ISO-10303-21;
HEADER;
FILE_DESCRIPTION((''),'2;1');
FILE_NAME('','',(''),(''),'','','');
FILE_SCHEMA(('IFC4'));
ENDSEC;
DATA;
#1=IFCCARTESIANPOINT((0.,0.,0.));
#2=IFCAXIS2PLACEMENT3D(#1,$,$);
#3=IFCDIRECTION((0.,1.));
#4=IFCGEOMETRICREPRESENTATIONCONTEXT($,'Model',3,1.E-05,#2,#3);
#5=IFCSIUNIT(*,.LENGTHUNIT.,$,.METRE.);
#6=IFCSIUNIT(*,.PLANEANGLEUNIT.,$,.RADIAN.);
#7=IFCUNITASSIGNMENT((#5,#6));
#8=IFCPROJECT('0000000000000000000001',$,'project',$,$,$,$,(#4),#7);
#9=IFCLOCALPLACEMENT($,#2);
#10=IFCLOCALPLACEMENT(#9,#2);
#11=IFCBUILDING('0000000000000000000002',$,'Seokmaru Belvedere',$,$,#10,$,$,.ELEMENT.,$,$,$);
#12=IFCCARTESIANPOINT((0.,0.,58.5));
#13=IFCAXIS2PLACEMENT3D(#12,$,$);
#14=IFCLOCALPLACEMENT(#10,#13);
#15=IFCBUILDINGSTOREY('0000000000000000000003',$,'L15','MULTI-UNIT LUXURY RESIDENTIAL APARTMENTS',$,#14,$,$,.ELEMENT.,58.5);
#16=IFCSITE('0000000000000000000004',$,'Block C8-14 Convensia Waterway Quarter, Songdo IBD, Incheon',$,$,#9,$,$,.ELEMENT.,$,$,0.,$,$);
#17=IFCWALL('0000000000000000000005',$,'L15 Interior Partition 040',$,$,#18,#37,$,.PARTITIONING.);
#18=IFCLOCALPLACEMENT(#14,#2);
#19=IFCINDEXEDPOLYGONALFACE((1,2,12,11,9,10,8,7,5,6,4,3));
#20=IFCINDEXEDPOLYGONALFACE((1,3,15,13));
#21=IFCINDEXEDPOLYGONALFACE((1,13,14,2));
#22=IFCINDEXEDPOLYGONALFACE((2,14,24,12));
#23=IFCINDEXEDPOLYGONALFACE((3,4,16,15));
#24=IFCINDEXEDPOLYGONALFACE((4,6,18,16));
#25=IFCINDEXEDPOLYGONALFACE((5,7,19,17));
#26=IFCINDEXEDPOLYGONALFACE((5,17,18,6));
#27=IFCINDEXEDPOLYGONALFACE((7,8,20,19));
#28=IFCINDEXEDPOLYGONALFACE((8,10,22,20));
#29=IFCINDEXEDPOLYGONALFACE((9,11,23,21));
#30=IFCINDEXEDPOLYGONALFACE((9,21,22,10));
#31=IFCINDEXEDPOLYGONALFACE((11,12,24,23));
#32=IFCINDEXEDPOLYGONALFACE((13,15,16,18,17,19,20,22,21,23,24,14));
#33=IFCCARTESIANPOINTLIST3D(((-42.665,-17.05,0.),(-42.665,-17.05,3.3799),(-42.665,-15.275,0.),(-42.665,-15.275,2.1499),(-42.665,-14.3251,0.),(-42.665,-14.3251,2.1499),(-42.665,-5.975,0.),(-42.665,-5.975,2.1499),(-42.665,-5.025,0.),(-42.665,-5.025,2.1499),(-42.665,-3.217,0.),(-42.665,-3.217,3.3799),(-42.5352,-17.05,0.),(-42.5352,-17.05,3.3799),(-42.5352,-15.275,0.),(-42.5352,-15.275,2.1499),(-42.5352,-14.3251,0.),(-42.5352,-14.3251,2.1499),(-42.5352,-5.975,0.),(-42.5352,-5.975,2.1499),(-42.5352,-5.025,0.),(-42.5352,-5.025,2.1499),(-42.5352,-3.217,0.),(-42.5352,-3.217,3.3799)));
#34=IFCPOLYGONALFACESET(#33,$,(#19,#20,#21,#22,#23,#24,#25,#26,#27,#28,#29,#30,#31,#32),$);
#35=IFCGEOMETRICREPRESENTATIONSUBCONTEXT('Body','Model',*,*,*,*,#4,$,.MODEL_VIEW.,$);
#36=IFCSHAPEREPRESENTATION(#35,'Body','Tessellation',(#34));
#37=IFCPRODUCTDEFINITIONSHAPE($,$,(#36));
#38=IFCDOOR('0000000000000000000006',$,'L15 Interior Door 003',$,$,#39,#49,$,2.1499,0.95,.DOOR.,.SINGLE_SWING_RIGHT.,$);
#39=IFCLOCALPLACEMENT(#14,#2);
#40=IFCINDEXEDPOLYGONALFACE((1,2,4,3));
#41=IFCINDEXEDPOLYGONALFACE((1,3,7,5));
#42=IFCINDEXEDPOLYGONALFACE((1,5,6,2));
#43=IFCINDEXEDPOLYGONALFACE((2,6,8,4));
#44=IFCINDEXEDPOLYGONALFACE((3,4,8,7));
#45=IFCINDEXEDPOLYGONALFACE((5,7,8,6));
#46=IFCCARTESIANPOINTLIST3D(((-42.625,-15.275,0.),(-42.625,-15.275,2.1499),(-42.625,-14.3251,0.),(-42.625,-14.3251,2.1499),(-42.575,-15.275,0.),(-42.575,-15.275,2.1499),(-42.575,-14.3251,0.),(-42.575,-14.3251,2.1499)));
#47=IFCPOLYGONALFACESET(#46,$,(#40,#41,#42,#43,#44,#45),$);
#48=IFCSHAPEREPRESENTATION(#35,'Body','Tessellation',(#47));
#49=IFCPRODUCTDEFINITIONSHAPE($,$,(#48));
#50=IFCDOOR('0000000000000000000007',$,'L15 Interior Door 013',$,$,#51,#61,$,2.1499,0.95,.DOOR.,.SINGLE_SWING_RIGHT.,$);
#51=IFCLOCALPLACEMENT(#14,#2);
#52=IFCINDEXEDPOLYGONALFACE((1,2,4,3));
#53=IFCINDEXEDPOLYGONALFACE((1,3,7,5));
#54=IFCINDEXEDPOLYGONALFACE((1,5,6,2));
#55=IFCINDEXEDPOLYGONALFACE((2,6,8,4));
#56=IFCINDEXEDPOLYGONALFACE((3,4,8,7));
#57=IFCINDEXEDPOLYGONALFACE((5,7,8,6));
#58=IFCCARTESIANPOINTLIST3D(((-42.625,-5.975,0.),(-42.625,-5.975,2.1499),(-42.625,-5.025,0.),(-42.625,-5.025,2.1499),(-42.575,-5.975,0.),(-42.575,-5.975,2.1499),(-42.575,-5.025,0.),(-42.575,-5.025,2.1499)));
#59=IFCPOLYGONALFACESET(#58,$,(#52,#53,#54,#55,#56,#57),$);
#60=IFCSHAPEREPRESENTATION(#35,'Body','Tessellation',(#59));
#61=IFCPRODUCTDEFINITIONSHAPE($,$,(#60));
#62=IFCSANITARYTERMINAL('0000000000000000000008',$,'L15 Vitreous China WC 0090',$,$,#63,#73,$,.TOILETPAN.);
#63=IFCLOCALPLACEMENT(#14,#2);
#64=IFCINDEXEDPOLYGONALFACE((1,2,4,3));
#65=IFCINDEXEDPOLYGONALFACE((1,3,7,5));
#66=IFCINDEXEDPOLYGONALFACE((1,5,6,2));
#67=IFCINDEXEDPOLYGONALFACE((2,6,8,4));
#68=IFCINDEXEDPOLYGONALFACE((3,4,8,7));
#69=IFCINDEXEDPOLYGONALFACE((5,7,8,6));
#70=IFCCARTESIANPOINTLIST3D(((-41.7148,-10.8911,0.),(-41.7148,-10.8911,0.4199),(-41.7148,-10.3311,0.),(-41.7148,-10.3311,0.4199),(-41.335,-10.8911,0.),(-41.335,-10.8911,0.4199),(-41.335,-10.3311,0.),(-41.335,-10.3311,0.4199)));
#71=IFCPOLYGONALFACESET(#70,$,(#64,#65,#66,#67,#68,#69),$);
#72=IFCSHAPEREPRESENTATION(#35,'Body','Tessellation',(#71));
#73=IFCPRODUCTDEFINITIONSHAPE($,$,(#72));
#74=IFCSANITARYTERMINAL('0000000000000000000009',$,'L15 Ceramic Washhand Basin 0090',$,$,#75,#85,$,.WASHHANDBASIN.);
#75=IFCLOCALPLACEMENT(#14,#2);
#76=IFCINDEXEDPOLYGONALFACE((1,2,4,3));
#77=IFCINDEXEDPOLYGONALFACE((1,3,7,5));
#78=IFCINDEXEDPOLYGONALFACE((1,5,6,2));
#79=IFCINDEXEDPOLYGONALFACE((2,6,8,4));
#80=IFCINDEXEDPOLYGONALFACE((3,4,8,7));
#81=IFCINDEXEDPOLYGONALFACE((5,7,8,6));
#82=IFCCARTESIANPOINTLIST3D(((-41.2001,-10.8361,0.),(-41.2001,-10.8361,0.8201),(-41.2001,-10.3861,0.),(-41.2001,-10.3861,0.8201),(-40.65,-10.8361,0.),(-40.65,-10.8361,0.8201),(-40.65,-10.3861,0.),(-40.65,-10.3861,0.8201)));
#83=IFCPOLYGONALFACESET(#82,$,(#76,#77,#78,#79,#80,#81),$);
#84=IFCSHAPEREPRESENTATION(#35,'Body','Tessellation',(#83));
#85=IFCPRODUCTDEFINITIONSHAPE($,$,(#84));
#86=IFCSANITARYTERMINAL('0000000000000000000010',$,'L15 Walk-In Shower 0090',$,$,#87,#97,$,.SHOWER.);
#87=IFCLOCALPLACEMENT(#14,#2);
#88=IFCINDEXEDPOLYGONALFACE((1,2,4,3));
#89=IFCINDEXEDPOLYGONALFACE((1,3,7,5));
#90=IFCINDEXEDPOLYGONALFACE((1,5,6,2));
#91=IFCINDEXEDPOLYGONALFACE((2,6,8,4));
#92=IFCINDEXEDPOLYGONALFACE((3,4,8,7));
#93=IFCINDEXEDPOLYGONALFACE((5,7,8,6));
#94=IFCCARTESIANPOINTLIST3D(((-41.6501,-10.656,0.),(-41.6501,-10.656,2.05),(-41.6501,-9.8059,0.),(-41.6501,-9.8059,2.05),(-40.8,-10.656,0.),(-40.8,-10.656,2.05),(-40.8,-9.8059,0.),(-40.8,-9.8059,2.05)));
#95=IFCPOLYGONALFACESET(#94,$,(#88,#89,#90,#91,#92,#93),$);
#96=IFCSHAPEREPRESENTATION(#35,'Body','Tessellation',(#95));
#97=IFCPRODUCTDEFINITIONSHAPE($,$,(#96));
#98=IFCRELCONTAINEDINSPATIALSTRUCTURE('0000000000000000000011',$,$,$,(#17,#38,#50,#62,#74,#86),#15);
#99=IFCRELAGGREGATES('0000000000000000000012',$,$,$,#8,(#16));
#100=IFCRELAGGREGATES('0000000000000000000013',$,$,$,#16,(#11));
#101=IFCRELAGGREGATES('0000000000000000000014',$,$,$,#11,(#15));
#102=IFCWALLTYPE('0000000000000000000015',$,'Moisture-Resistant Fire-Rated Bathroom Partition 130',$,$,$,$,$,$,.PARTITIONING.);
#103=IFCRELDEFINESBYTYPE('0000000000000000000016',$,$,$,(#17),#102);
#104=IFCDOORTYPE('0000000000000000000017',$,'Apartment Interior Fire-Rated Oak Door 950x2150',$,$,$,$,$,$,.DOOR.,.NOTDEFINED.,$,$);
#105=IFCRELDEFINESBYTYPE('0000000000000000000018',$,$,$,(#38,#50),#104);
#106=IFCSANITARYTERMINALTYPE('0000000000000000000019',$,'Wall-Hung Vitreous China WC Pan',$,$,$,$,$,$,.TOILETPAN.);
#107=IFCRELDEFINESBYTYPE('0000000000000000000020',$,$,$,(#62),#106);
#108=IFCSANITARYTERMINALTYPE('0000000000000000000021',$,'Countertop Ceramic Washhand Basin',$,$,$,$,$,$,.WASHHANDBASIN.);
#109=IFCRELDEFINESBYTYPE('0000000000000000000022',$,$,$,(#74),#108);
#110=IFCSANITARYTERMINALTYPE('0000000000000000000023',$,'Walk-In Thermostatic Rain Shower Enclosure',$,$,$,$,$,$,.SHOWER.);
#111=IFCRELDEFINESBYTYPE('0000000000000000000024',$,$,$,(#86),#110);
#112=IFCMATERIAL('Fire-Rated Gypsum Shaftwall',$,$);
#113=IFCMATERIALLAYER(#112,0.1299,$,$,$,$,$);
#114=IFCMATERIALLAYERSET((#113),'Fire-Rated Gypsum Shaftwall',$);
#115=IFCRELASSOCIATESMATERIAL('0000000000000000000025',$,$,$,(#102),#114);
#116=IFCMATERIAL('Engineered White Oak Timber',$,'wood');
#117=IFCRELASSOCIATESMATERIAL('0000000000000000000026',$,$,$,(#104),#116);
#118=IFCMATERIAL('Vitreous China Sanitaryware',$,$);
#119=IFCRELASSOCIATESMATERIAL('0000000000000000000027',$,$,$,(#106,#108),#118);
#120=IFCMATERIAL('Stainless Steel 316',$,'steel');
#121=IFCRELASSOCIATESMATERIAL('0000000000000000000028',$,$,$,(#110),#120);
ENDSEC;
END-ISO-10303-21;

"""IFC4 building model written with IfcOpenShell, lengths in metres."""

from ifc_helpers import new_model, si_unit, direction, frame, frame_2d, origin, origin_2d, place, context, subcontext, project, spatial, rectangle, extrude, source, transform, mapped, material, layer, layer_set, type_object, type_shapes, element, fill, save


model = new_model("IFC4")

# Units and contexts
model_context = context("Model", 3, precision=1e-05, world=origin(), true_north=direction((0.0, 1.0)))
body_context = subcontext(model_context, "Body", "Model", "MODEL_VIEW")
ifc_project = project(units=[si_unit("LENGTHUNIT", "METRE"), si_unit("PLANEANGLEUNIT", "RADIAN")], contexts=[model_context])

# Site, building, storey
site_placement = place(None, origin())
site = spatial("IfcSite", under=ifc_project, at=site_placement, Name="Block C8-14 Convensia Waterway Quarter, Songdo IBD, Incheon", CompositionType="ELEMENT", RefElevation=0.0)
building_placement = place(site_placement, origin())
building = spatial("IfcBuilding", under=site, at=building_placement, Name="Seokmaru Belvedere", CompositionType="ELEMENT")
storey_placement = place(building_placement, frame((0.0, 0.0, 58.5)))
storey = spatial("IfcBuildingStorey", under=building, at=storey_placement, Name="L15", Description="MULTI-UNIT LUXURY RESIDENTIAL APARTMENTS", CompositionType="ELEMENT", Elevation=58.5)

# Shared definitions
ifc_material_1 = material(Name="Fire-Rated Gypsum Shaftwall")

# Shared definitions
ifc_layer_1 = layer(ifc_material_1, 0.1299)
ifc_layer_set_1 = layer_set([ifc_layer_1], Name="Fire-Rated Gypsum Shaftwall")
wall_type_1 = type_object("IfcWallType", Name="Moisture-Resistant Fire-Rated Bathroom Partition 130", PredefinedType="PARTITIONING", material=ifc_layer_set_1)
ifc_material_2 = material(Name="Engineered White Oak Timber", Category="wood")

# Wall, openings, doors
wall_1_placement = place(storey_placement, frame((-42.6001, -17.05, 0.0), z_axis=(0.0, 0.0, 1.0), x_axis=(0.0, 1.0, 0.0)))
wall_1 = element("IfcWall", 1, at=wall_1_placement, inside=storey, type_object=wall_type_1, Name="L15 Interior Partition 040", PredefinedType="PARTITIONING", context=body_context, shape_type="SweptSolid", body=[
    extrude(rectangle(XDim=13.833, YDim=0.1299, at=frame_2d((6.9165, 0.0))), origin(), (0.0, 0.0, 1.0), 3.3799),
])
opening_1_placement = place(wall_1_placement, frame((1.7749, 0.0, 0.0)))
opening_1 = element("IfcOpeningElement", 2, at=opening_1_placement, cuts=wall_1, PredefinedType="OPENING", context=body_context, shape_type="SweptSolid", body=[
    extrude(rectangle(XDim=0.95, YDim=2.1499, at=frame_2d((0.4751, 1.075))), frame((0.0, 0.075, 0.0), z_axis=(0.0, -1.0, 0.0), x_axis=(1.0, 0.0, 0.0)), (0.0, 0.0, 1.0), 0.1499),
])
opening_2_placement = place(wall_1_placement, frame((11.075, 0.0, 0.0)))
opening_2 = element("IfcOpeningElement", 3, at=opening_2_placement, cuts=wall_1, PredefinedType="OPENING", context=body_context, shape_type="SweptSolid", body=[
    extrude(rectangle(XDim=0.95, YDim=2.1499, at=frame_2d((0.4751, 1.075))), frame((0.0, 0.075, 0.0), z_axis=(0.0, -1.0, 0.0), x_axis=(1.0, 0.0, 0.0)), (0.0, 0.0, 1.0), 0.1499),
])
door_type_1 = type_object("IfcDoorType", Name="Apartment Interior Fire-Rated Oak Door 950x2150", OperationType="NOTDEFINED", PredefinedType="DOOR", material=ifc_material_2)
shared_shape_1 = source(origin(), body_context, "Body", "SweptSolid", [
    extrude(rectangle(XDim=0.95, YDim=2.1499, at=frame_2d((0.4751, 1.075))), frame((0.0, 0.0249, 0.0), z_axis=(0.0, -1.0, 0.0), x_axis=(1.0, 0.0, 0.0)), (0.0, 0.0, 1.0), 0.05),
])
type_shapes(door_type_1, [shared_shape_1])
door_1_placement = place(opening_1_placement, origin())
door_1 = element("IfcDoor", 4, at=door_1_placement, inside=storey, type_object=door_type_1, Name="L15 Interior Door 003", OperationType="SINGLE_SWING_RIGHT", OverallHeight=2.1499, OverallWidth=0.95, PredefinedType="DOOR", context=body_context, shape_type="MappedRepresentation", body=[
    mapped(shared_shape_1, transform((0.0, 0.0, 0.0), scale=1.0)),
])
fill(opening_1, door_1)
door_2_placement = place(opening_2_placement, origin())
door_2 = element("IfcDoor", 5, at=door_2_placement, inside=storey, type_object=door_type_1, Name="L15 Interior Door 013", OperationType="SINGLE_SWING_RIGHT", OverallHeight=2.1499, OverallWidth=0.95, PredefinedType="DOOR", context=body_context, shape_type="MappedRepresentation", body=[
    mapped(shared_shape_1, transform((0.0, 0.0, 0.0), scale=1.0)),
])
fill(opening_2, door_2)

# Sanitary terminals
ifc_material_3 = material(Name="Vitreous China Sanitaryware")
sanitary_terminal_type_1 = type_object("IfcSanitaryTerminalType", Name="Wall-Hung Vitreous China WC Pan", PredefinedType="TOILETPAN", material=ifc_material_3)
shared_shape_2 = source(origin(), body_context, "Body", "SweptSolid", [
    extrude(rectangle(XDim=0.3799, YDim=0.5601, at=origin_2d()), origin(), (0.0, 0.0, 1.0), 0.4199),
])
type_shapes(sanitary_terminal_type_1, [shared_shape_2])
sanitary_terminal_1_placement = place(storey_placement, frame((-41.5249, -10.6111, 0.0), z_axis=(0.0, 0.0, 1.0), x_axis=(1.0, 0.0, 0.0)))
element("IfcSanitaryTerminal", 6, at=sanitary_terminal_1_placement, inside=storey, type_object=sanitary_terminal_type_1, Name="L15 Vitreous China WC 0090", PredefinedType="TOILETPAN", context=body_context, shape_type="MappedRepresentation", body=[
    mapped(shared_shape_2, transform((0.0, 0.0, 0.0), scale=1.0)),
])
sanitary_terminal_type_2 = type_object("IfcSanitaryTerminalType", Name="Countertop Ceramic Washhand Basin", PredefinedType="WASHHANDBASIN", material=ifc_material_3)
shared_shape_3 = source(origin(), body_context, "Body", "SweptSolid", [
    extrude(rectangle(XDim=0.55, YDim=0.45, at=origin_2d()), origin(), (0.0, 0.0, 1.0), 0.8201),
])
type_shapes(sanitary_terminal_type_2, [shared_shape_3])
sanitary_terminal_2_placement = place(storey_placement, frame((-40.925, -10.6111, 0.0), z_axis=(0.0, 0.0, 1.0), x_axis=(1.0, 0.0, 0.0)))
element("IfcSanitaryTerminal", 7, at=sanitary_terminal_2_placement, inside=storey, type_object=sanitary_terminal_type_2, Name="L15 Ceramic Washhand Basin 0090", PredefinedType="WASHHANDBASIN", context=body_context, shape_type="MappedRepresentation", body=[
    mapped(shared_shape_3, transform((0.0, 0.0, 0.0), scale=1.0)),
])
ifc_material_4 = material(Name="Stainless Steel 316", Category="steel")
sanitary_terminal_type_3 = type_object("IfcSanitaryTerminalType", Name="Walk-In Thermostatic Rain Shower Enclosure", PredefinedType="SHOWER", material=ifc_material_4)
shared_shape_4 = source(origin(), body_context, "Body", "SweptSolid", [
    extrude(rectangle(XDim=0.8501, YDim=0.8501, at=origin_2d()), origin(), (0.0, 0.0, 1.0), 2.05),
])
type_shapes(sanitary_terminal_type_3, [shared_shape_4])
sanitary_terminal_3_placement = place(storey_placement, frame((-41.2251, -10.231, 0.0), z_axis=(0.0, 0.0, 1.0), x_axis=(1.0, 0.0, 0.0)))
element("IfcSanitaryTerminal", 8, at=sanitary_terminal_3_placement, inside=storey, type_object=sanitary_terminal_type_3, Name="L15 Walk-In Shower 0090", PredefinedType="SHOWER", context=body_context, shape_type="MappedRepresentation", body=[
    mapped(shared_shape_4, transform((0.0, 0.0, 0.0), scale=1.0)),
])

save(model, "model.ifc")
